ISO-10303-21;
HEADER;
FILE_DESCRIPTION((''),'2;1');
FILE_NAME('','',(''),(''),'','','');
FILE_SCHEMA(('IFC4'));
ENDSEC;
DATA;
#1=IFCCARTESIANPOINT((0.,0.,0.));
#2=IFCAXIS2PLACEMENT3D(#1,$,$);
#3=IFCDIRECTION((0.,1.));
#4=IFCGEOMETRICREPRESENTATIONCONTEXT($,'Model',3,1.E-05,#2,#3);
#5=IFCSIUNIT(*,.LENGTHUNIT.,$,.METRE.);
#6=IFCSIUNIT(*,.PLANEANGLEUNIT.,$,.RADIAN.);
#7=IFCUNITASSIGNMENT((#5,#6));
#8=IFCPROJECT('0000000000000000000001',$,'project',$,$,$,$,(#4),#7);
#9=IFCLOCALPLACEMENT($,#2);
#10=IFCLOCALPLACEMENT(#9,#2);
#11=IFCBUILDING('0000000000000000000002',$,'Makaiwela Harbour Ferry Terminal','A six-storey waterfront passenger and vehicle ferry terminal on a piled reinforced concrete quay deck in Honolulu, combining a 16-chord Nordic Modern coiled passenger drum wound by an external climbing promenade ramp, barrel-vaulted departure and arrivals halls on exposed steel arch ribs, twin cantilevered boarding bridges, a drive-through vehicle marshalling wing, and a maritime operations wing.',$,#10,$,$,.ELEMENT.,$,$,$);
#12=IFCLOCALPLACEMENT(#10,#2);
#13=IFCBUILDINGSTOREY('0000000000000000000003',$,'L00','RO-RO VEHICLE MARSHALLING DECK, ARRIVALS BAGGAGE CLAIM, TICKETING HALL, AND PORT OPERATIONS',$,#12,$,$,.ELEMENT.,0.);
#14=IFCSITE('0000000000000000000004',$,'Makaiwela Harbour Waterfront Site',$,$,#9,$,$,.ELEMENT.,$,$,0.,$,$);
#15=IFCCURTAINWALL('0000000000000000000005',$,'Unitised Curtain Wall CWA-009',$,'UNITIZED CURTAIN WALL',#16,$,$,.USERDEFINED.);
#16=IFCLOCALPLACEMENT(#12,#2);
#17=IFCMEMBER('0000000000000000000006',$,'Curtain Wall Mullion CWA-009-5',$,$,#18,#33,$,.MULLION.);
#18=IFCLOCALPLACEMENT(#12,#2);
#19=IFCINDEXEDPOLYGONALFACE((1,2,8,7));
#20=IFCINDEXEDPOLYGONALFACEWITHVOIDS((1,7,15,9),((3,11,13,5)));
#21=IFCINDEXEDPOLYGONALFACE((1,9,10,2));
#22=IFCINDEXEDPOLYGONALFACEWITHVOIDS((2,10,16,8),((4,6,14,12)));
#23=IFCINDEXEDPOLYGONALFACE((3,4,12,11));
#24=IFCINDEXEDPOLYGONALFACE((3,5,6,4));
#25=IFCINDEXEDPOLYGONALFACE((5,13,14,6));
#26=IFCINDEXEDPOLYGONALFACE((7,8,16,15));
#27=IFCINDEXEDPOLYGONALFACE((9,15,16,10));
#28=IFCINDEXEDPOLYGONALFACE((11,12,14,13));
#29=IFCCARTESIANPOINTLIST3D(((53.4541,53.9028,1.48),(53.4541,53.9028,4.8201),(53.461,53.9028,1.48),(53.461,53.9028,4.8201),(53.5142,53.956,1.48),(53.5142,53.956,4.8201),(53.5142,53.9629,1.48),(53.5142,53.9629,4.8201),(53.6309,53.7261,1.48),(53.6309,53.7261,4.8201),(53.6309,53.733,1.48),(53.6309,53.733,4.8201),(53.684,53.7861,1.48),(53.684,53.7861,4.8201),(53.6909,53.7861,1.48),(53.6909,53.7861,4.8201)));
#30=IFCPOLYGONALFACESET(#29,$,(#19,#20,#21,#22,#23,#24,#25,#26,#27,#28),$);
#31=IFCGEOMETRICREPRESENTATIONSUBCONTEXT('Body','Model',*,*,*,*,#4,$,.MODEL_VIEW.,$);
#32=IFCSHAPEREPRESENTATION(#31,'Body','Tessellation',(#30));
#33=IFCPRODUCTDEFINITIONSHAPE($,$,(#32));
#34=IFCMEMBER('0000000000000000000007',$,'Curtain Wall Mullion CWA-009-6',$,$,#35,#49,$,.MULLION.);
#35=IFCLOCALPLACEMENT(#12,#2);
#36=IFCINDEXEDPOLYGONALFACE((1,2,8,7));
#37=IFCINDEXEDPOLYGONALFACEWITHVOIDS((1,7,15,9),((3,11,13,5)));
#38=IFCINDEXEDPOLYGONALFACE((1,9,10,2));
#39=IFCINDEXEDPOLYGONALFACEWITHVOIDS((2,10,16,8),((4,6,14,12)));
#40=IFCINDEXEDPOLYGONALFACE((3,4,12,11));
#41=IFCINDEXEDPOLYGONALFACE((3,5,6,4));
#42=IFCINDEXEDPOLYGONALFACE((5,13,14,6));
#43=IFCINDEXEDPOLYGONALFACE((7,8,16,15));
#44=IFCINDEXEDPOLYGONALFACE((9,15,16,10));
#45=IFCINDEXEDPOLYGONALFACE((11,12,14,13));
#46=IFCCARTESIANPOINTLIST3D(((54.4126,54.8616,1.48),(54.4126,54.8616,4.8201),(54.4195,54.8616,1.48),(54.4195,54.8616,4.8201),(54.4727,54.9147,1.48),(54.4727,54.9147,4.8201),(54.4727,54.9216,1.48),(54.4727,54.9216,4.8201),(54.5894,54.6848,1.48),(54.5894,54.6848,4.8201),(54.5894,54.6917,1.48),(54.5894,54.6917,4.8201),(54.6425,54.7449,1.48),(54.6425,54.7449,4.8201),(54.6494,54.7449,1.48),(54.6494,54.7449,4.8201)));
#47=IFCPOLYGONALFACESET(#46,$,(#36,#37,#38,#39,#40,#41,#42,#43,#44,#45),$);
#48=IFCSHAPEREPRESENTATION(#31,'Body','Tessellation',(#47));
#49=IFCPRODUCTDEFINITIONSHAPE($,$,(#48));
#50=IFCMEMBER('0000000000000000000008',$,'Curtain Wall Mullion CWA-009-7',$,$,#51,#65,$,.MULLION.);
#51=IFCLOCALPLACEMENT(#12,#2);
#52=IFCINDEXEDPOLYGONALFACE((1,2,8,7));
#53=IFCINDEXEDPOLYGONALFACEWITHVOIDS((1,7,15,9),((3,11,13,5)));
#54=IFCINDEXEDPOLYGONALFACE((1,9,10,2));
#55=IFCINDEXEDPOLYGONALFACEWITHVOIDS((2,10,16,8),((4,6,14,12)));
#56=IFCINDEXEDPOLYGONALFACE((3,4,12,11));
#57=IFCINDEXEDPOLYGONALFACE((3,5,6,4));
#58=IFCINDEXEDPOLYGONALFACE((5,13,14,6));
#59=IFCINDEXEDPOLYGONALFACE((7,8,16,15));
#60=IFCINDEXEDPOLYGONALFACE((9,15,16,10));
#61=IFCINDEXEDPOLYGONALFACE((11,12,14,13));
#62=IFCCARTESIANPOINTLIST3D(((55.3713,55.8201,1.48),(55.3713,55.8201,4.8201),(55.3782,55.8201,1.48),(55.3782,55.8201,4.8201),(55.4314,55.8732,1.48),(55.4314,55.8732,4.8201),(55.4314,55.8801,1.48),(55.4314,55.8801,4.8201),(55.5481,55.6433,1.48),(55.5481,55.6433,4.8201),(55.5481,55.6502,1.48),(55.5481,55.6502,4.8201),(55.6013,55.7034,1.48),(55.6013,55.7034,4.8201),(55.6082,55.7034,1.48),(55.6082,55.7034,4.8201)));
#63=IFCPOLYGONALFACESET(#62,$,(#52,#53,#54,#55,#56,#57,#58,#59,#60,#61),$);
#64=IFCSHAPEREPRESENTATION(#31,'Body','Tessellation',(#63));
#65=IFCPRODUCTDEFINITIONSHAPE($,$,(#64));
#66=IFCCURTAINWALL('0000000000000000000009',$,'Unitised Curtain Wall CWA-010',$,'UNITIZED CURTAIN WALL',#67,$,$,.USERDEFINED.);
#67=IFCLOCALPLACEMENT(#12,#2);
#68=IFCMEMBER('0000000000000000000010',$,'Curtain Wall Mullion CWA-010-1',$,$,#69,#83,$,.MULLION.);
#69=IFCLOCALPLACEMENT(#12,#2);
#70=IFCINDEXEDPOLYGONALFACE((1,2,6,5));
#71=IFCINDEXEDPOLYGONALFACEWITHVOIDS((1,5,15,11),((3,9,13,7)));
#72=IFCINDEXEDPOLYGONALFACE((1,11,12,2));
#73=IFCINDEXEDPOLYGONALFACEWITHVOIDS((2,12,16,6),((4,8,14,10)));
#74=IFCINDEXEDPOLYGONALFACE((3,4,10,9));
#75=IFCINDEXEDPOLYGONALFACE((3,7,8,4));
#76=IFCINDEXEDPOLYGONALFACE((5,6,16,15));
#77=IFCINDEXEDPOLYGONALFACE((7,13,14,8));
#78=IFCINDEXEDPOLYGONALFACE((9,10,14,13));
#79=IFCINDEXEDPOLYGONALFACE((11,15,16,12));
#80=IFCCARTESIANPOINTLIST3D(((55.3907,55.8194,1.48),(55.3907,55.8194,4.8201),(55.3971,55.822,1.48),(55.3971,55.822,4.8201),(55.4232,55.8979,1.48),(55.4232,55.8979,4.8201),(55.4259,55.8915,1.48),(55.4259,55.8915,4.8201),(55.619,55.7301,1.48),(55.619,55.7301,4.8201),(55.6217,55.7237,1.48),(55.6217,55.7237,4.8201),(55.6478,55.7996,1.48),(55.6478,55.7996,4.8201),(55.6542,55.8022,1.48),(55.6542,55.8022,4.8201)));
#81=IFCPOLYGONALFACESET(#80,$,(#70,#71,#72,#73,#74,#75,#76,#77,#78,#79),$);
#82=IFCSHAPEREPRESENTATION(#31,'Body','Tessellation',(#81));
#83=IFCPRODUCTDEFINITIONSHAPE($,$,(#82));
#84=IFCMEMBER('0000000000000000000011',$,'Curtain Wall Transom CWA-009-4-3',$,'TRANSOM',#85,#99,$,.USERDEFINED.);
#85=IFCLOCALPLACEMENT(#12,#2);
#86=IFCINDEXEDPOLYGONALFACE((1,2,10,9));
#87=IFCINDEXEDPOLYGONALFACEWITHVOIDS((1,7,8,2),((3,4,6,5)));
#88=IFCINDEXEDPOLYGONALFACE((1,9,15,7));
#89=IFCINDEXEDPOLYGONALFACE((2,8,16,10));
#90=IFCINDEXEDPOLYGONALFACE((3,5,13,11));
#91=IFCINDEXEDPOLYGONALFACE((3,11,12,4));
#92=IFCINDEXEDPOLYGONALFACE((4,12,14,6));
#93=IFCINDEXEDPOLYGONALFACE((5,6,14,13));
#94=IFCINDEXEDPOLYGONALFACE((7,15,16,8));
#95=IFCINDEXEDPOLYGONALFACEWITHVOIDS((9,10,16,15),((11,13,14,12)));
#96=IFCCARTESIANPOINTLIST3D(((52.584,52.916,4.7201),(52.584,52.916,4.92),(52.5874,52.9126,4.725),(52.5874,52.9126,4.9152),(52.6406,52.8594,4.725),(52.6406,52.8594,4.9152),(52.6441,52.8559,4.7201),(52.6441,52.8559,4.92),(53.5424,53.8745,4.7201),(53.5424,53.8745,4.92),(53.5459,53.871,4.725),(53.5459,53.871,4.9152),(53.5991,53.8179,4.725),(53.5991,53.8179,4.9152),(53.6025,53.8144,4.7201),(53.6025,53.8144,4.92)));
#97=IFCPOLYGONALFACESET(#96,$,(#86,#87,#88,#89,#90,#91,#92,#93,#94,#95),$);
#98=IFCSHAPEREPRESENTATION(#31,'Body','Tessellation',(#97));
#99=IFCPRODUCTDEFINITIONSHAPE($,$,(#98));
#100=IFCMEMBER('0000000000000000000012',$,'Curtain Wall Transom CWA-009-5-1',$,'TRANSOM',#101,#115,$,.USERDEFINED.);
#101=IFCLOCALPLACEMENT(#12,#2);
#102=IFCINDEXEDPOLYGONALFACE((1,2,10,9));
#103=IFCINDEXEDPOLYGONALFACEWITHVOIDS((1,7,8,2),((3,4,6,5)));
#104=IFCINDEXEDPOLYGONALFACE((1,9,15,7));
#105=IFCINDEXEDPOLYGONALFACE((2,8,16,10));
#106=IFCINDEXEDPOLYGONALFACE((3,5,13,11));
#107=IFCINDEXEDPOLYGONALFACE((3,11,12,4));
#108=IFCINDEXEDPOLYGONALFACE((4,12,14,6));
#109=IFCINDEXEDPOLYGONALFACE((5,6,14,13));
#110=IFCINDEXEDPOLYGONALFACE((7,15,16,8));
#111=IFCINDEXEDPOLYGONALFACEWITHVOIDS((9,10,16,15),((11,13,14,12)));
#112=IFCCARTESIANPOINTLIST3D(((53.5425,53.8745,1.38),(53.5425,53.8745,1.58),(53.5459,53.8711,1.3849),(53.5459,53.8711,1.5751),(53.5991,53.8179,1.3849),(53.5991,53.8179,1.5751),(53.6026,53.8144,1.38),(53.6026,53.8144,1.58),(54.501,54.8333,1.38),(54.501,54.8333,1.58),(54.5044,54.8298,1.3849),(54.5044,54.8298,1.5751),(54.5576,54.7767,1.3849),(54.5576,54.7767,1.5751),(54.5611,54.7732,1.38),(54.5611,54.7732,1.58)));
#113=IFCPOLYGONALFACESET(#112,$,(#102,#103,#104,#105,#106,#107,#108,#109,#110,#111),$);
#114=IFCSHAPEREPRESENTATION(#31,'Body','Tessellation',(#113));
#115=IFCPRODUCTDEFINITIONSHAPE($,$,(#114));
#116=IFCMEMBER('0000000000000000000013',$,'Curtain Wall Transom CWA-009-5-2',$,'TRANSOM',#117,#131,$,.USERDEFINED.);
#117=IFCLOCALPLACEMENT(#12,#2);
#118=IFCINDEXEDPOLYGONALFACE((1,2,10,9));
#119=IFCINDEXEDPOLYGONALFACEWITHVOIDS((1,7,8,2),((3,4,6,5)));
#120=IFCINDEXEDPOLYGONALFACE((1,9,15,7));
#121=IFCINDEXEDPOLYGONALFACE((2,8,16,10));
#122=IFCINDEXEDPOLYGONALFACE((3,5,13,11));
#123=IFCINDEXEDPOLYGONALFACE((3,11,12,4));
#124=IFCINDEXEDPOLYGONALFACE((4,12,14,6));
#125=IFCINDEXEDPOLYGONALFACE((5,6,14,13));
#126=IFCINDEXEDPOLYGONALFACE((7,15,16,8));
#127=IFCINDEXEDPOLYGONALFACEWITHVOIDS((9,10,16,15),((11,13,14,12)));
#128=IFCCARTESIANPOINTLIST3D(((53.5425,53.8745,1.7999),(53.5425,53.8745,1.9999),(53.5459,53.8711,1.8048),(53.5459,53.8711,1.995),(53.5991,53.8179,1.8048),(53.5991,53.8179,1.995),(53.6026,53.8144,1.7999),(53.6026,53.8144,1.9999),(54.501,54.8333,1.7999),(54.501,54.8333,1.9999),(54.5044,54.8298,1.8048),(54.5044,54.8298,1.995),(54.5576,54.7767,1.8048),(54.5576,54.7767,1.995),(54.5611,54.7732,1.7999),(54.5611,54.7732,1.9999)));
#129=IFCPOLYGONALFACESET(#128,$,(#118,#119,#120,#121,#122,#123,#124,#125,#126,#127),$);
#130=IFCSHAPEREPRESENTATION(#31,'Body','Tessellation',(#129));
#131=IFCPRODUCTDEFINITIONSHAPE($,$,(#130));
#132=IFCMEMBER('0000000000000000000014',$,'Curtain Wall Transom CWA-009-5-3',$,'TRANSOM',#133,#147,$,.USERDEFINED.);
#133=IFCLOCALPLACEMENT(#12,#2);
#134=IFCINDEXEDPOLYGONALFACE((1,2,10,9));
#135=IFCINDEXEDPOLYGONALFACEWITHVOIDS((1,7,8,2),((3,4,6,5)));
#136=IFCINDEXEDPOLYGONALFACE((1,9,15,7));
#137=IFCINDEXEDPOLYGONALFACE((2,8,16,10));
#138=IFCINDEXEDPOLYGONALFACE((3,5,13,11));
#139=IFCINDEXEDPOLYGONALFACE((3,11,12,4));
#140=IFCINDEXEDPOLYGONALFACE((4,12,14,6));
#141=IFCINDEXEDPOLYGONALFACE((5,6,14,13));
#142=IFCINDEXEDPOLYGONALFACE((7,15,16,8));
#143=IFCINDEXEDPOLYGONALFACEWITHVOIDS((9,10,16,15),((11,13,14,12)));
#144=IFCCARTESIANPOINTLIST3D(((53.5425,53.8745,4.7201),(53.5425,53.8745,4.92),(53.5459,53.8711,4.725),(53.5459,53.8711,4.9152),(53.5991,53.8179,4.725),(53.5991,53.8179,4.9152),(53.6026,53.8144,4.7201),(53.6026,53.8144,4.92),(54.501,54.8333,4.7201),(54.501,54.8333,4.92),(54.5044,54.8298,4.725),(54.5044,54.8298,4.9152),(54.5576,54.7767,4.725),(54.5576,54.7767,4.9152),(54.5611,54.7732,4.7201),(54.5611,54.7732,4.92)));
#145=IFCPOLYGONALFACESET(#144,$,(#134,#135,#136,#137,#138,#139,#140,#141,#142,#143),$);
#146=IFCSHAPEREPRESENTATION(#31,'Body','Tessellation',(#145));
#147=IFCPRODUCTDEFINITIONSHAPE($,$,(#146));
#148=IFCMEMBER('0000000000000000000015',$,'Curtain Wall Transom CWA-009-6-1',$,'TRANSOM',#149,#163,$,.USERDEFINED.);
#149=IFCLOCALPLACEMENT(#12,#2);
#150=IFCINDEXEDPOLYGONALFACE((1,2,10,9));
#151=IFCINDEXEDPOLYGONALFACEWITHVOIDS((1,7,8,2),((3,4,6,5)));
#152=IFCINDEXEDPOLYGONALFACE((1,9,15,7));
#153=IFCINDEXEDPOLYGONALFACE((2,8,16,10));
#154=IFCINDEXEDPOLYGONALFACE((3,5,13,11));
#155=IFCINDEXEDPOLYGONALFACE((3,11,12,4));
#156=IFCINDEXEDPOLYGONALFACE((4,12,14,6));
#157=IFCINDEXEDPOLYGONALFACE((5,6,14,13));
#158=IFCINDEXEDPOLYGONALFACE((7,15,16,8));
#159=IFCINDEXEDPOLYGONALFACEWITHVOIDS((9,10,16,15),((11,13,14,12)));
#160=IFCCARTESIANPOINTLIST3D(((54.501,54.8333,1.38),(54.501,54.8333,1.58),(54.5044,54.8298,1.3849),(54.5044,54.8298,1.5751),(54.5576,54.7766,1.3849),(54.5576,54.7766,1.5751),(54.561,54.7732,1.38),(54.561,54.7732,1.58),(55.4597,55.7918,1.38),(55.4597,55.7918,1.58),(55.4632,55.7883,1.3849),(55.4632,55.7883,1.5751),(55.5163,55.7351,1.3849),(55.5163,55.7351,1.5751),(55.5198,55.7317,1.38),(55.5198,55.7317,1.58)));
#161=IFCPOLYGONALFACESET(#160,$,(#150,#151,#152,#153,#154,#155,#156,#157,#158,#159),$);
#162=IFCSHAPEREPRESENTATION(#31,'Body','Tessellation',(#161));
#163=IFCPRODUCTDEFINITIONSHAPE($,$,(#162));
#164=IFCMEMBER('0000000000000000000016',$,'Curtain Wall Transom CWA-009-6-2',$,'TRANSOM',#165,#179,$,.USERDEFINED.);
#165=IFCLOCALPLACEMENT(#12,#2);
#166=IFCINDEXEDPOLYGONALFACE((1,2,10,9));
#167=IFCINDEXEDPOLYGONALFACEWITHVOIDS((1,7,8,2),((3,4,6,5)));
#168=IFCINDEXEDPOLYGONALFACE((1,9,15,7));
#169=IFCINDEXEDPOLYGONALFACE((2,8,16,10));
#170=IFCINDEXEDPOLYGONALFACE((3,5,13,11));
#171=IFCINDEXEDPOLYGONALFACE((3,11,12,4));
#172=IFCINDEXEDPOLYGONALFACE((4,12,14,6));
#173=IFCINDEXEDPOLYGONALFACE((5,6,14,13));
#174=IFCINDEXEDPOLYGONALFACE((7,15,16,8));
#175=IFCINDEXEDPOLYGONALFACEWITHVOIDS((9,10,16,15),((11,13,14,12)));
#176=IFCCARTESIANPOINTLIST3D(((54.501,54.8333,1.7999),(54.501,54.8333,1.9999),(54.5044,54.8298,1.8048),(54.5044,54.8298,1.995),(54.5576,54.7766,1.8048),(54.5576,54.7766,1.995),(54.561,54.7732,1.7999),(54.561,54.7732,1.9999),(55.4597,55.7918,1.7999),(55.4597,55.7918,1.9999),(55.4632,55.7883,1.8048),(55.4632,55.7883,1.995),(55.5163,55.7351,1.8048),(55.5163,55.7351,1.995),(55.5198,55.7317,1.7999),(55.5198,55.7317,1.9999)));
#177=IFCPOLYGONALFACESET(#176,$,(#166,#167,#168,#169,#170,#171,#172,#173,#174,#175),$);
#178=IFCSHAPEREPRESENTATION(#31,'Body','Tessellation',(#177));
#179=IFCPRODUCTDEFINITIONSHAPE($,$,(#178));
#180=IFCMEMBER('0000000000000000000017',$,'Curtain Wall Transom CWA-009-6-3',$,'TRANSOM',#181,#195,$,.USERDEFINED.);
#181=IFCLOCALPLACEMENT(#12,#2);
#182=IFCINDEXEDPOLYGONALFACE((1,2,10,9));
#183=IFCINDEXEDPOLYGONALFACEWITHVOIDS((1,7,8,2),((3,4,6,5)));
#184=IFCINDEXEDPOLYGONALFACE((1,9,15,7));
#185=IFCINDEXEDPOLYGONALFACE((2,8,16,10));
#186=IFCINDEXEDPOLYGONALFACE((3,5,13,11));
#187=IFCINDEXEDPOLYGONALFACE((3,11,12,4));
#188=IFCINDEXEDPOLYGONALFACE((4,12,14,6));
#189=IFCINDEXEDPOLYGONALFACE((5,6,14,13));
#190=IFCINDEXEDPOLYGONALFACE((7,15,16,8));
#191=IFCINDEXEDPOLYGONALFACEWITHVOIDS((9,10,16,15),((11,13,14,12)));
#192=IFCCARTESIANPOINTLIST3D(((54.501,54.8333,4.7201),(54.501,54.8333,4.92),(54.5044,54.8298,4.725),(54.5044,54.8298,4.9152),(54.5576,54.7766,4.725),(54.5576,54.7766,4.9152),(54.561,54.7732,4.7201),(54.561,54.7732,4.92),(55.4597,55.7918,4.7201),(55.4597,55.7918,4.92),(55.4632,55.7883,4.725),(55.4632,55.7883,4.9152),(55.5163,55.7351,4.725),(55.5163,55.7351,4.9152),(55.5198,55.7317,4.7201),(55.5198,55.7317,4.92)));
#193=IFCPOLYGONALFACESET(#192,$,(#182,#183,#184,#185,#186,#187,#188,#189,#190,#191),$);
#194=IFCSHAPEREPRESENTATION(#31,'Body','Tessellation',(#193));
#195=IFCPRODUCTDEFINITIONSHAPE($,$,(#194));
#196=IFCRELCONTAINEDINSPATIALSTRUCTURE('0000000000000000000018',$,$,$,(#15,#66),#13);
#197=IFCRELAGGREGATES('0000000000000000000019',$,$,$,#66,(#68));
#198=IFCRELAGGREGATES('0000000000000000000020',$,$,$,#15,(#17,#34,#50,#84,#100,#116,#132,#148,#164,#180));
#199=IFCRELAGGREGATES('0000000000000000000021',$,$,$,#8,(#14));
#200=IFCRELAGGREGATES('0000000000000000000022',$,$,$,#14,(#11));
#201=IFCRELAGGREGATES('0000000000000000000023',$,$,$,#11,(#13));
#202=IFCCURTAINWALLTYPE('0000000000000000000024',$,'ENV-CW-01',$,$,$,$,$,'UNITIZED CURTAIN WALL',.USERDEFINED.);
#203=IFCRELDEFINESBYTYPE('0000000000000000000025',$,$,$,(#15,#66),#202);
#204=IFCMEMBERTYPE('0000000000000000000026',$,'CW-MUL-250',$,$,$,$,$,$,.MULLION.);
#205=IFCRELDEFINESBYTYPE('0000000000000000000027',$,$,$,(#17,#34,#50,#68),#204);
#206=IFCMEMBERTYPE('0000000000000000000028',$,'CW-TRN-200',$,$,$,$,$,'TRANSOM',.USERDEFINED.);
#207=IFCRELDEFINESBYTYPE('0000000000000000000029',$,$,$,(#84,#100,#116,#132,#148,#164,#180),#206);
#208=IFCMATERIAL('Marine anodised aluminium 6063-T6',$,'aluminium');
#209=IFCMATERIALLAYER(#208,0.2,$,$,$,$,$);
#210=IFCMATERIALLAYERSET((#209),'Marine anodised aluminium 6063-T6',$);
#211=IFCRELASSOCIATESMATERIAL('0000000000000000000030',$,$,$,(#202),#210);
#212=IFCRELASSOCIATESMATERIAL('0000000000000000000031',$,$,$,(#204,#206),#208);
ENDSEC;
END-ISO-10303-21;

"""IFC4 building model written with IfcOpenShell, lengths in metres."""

from ifc_helpers import new_model, si_unit, direction, frame, origin, origin_2d, place, context, subcontext, project, spatial, hollow_rectangle, extrude, material, layer, layer_set, material_profile, profile_set, type_object, element, aggregate, save


model = new_model("IFC4")

# Units and contexts
model_context = context("Model", 3, precision=1e-05, world=origin(), true_north=direction((0.0, 1.0)))
body_context = subcontext(model_context, "Body", "Model", "MODEL_VIEW")
ifc_project = project(units=[si_unit("LENGTHUNIT", "METRE"), si_unit("PLANEANGLEUNIT", "RADIAN")], contexts=[model_context])

# Site, building, storey
site_placement = place(None, origin())
site = spatial("IfcSite", under=ifc_project, at=site_placement, Name="Makaiwela Harbour Waterfront Site", CompositionType="ELEMENT", RefElevation=0.0)
building_placement = place(site_placement, origin())
building = spatial("IfcBuilding", under=site, at=building_placement, Name="Makaiwela Harbour Ferry Terminal", Description="A six-storey waterfront passenger and vehicle ferry terminal on a piled reinforced concrete quay deck in Honolulu, combining a 16-chord Nordic Modern coiled passenger drum wound by an external climbing promenade ramp, barrel-vaulted departure and arrivals halls on exposed steel arch ribs, twin cantilevered boarding bridges, a drive-through vehicle marshalling wing, and a maritime operations wing.", CompositionType="ELEMENT")
storey_placement = place(building_placement, origin())
storey = spatial("IfcBuildingStorey", under=building, at=storey_placement, Name="L00", Description="RO-RO VEHICLE MARSHALLING DECK, ARRIVALS BAGGAGE CLAIM, TICKETING HALL, AND PORT OPERATIONS", CompositionType="ELEMENT", Elevation=0.0)

# Curtain wall, members
ifc_material_1 = material(Name="Marine anodised aluminium 6063-T6", Category="aluminium")
ifc_layer_1 = layer(ifc_material_1, 0.2)
ifc_layer_set_1 = layer_set([ifc_layer_1], Name="Marine anodised aluminium 6063-T6")
curtain_wall_type = type_object("IfcCurtainWallType", Name="ENV-CW-01", ElementType="UNITIZED CURTAIN WALL", PredefinedType="USERDEFINED", material=ifc_layer_set_1)
curtain_wall_1_placement = place(storey_placement, origin())
curtain_wall_1 = element("IfcCurtainWall", 1, at=curtain_wall_1_placement, inside=storey, type_object=curtain_wall_type, Name="Unitised Curtain Wall CWA-009", ObjectType="UNITIZED CURTAIN WALL", PredefinedType="USERDEFINED")
ifc_material_profile_1 = material_profile(ifc_material_1, hollow_rectangle(XDim=0.085, YDim=0.25, WallThickness=0.0049, at=origin_2d()), Name="CWM-250X85")
ifc_profile_set_1 = profile_set([ifc_material_profile_1], Name="Marine anodised aluminium 6063-T6")
member_type_1 = type_object("IfcMemberType", Name="CW-MUL-250", PredefinedType="MULLION", material=ifc_profile_set_1)
member_1_placement = place(storey_placement, frame((53.5725, 53.8445, 1.48), z_axis=(0.0, 0.0, 1.0), x_axis=(0.707107, 0.707107, 0.0)))
member_1 = element("IfcMember", 2, at=member_1_placement, type_object=member_type_1, Name="Curtain Wall Mullion CWA-009-5", PredefinedType="MULLION", context=body_context, shape_type="SweptSolid", body=[
    extrude(hollow_rectangle(XDim=0.085, YDim=0.25, WallThickness=0.0049, at=origin_2d()), origin(), (0.0, 0.0, 1.0), 3.3401),
])
member_2_placement = place(storey_placement, frame((54.531, 54.8032, 1.48), z_axis=(0.0, 0.0, 1.0), x_axis=(0.707107, 0.707107, 0.0)))
member_2 = element("IfcMember", 3, at=member_2_placement, type_object=member_type_1, Name="Curtain Wall Mullion CWA-009-6", PredefinedType="MULLION", context=body_context, shape_type="SweptSolid", body=[
    extrude(hollow_rectangle(XDim=0.085, YDim=0.25, WallThickness=0.0049, at=origin_2d()), origin(), (0.0, 0.0, 1.0), 3.3401),
])
member_3_placement = place(storey_placement, frame((55.4897, 55.7617, 1.48), z_axis=(0.0, 0.0, 1.0), x_axis=(0.707107, 0.707107, 0.0)))
member_3 = element("IfcMember", 4, at=member_3_placement, type_object=member_type_1, Name="Curtain Wall Mullion CWA-009-7", PredefinedType="MULLION", context=body_context, shape_type="SweptSolid", body=[
    extrude(hollow_rectangle(XDim=0.085, YDim=0.25, WallThickness=0.0049, at=origin_2d()), origin(), (0.0, 0.0, 1.0), 3.3401),
])

# Curtain wall, member
curtain_wall_2_placement = place(storey_placement, origin())
curtain_wall_2 = element("IfcCurtainWall", 5, at=curtain_wall_2_placement, inside=storey, type_object=curtain_wall_type, Name="Unitised Curtain Wall CWA-010", ObjectType="UNITIZED CURTAIN WALL", PredefinedType="USERDEFINED")
member_4_placement = place(storey_placement, frame((55.5225, 55.8108, 1.48), z_axis=(0.0, 0.0, 1.0), x_axis=(0.382683, 0.92388, 0.0)))
member_4 = element("IfcMember", 6, at=member_4_placement, type_object=member_type_1, Name="Curtain Wall Mullion CWA-010-1", PredefinedType="MULLION", context=body_context, shape_type="SweptSolid", body=[
    extrude(hollow_rectangle(XDim=0.085, YDim=0.25, WallThickness=0.0049, at=origin_2d()), origin(), (0.0, 0.0, 1.0), 3.3401),
])

# Members
ifc_material_profile_2 = material_profile(ifc_material_1, hollow_rectangle(XDim=0.085, YDim=0.2, WallThickness=0.0049, at=origin_2d()), Name="CWT-200X85")
ifc_profile_set_2 = profile_set([ifc_material_profile_2], Name="Marine anodised aluminium 6063-T6")
member_type_2 = type_object("IfcMemberType", Name="CW-TRN-200", ElementType="TRANSOM", PredefinedType="USERDEFINED", material=ifc_profile_set_2)
member_5_placement = place(storey_placement, frame((52.614, 52.886, 4.8201), z_axis=(0.707107, 0.707107, 0.0), x_axis=(-0.707107, 0.707107, 0.0)))
member_5 = element("IfcMember", 7, at=member_5_placement, type_object=member_type_2, Name="Curtain Wall Transom CWA-009-4-3", ObjectType="TRANSOM", PredefinedType="USERDEFINED", context=body_context, shape_type="SweptSolid", body=[
    extrude(hollow_rectangle(XDim=0.085, YDim=0.2, WallThickness=0.0049, at=origin_2d()), origin(), (0.0, 0.0, 1.0), 1.3555),
])
member_6_placement = place(storey_placement, frame((53.5725, 53.8445, 1.48), z_axis=(0.707017, 0.707197, 0.0), x_axis=(-0.707197, 0.707017, 0.0)))
member_6 = element("IfcMember", 8, at=member_6_placement, type_object=member_type_2, Name="Curtain Wall Transom CWA-009-5-1", ObjectType="TRANSOM", PredefinedType="USERDEFINED", context=body_context, shape_type="SweptSolid", body=[
    extrude(hollow_rectangle(XDim=0.085, YDim=0.2, WallThickness=0.0049, at=origin_2d()), origin(), (0.0, 0.0, 1.0), 1.3557),
])
member_7_placement = place(storey_placement, frame((53.5725, 53.8445, 1.8999), z_axis=(0.707017, 0.707197, 0.0), x_axis=(-0.707197, 0.707017, 0.0)))
member_7 = element("IfcMember", 9, at=member_7_placement, type_object=member_type_2, Name="Curtain Wall Transom CWA-009-5-2", ObjectType="TRANSOM", PredefinedType="USERDEFINED", context=body_context, shape_type="SweptSolid", body=[
    extrude(hollow_rectangle(XDim=0.085, YDim=0.2, WallThickness=0.0049, at=origin_2d()), origin(), (0.0, 0.0, 1.0), 1.3557),
])
member_8_placement = place(storey_placement, frame((53.5725, 53.8445, 4.8201), z_axis=(0.707017, 0.707197, 0.0), x_axis=(-0.707197, 0.707017, 0.0)))
member_8 = element("IfcMember", 10, at=member_8_placement, type_object=member_type_2, Name="Curtain Wall Transom CWA-009-5-3", ObjectType="TRANSOM", PredefinedType="USERDEFINED", context=body_context, shape_type="SweptSolid", body=[
    extrude(hollow_rectangle(XDim=0.085, YDim=0.2, WallThickness=0.0049, at=origin_2d()), origin(), (0.0, 0.0, 1.0), 1.3557),
])
member_9_placement = place(storey_placement, frame((54.531, 54.8032, 1.48), z_axis=(0.707197, 0.707017, 0.0), x_axis=(-0.707017, 0.707197, 0.0)))
member_9 = element("IfcMember", 11, at=member_9_placement, type_object=member_type_2, Name="Curtain Wall Transom CWA-009-6-1", ObjectType="TRANSOM", PredefinedType="USERDEFINED", context=body_context, shape_type="SweptSolid", body=[
    extrude(hollow_rectangle(XDim=0.085, YDim=0.2, WallThickness=0.0049, at=origin_2d()), origin(), (0.0, 0.0, 1.0), 1.3557),
])
member_10_placement = place(storey_placement, frame((54.531, 54.8032, 1.8999), z_axis=(0.707197, 0.707017, 0.0), x_axis=(-0.707017, 0.707197, 0.0)))
member_10 = element("IfcMember", 12, at=member_10_placement, type_object=member_type_2, Name="Curtain Wall Transom CWA-009-6-2", ObjectType="TRANSOM", PredefinedType="USERDEFINED", context=body_context, shape_type="SweptSolid", body=[
    extrude(hollow_rectangle(XDim=0.085, YDim=0.2, WallThickness=0.0049, at=origin_2d()), origin(), (0.0, 0.0, 1.0), 1.3557),
])
member_11_placement = place(storey_placement, frame((54.531, 54.8032, 4.8201), z_axis=(0.707197, 0.707017, 0.0), x_axis=(-0.707017, 0.707197, 0.0)))
member_11 = element("IfcMember", 13, at=member_11_placement, type_object=member_type_2, Name="Curtain Wall Transom CWA-009-6-3", ObjectType="TRANSOM", PredefinedType="USERDEFINED", context=body_context, shape_type="SweptSolid", body=[
    extrude(hollow_rectangle(XDim=0.085, YDim=0.2, WallThickness=0.0049, at=origin_2d()), origin(), (0.0, 0.0, 1.0), 1.3557),
])
aggregate(curtain_wall_2, [member_4])

aggregate(curtain_wall_1, [member_1, member_2, member_3, member_5, member_6, member_7, member_8, member_9, member_10, member_11])

save(model, "model.ifc")
